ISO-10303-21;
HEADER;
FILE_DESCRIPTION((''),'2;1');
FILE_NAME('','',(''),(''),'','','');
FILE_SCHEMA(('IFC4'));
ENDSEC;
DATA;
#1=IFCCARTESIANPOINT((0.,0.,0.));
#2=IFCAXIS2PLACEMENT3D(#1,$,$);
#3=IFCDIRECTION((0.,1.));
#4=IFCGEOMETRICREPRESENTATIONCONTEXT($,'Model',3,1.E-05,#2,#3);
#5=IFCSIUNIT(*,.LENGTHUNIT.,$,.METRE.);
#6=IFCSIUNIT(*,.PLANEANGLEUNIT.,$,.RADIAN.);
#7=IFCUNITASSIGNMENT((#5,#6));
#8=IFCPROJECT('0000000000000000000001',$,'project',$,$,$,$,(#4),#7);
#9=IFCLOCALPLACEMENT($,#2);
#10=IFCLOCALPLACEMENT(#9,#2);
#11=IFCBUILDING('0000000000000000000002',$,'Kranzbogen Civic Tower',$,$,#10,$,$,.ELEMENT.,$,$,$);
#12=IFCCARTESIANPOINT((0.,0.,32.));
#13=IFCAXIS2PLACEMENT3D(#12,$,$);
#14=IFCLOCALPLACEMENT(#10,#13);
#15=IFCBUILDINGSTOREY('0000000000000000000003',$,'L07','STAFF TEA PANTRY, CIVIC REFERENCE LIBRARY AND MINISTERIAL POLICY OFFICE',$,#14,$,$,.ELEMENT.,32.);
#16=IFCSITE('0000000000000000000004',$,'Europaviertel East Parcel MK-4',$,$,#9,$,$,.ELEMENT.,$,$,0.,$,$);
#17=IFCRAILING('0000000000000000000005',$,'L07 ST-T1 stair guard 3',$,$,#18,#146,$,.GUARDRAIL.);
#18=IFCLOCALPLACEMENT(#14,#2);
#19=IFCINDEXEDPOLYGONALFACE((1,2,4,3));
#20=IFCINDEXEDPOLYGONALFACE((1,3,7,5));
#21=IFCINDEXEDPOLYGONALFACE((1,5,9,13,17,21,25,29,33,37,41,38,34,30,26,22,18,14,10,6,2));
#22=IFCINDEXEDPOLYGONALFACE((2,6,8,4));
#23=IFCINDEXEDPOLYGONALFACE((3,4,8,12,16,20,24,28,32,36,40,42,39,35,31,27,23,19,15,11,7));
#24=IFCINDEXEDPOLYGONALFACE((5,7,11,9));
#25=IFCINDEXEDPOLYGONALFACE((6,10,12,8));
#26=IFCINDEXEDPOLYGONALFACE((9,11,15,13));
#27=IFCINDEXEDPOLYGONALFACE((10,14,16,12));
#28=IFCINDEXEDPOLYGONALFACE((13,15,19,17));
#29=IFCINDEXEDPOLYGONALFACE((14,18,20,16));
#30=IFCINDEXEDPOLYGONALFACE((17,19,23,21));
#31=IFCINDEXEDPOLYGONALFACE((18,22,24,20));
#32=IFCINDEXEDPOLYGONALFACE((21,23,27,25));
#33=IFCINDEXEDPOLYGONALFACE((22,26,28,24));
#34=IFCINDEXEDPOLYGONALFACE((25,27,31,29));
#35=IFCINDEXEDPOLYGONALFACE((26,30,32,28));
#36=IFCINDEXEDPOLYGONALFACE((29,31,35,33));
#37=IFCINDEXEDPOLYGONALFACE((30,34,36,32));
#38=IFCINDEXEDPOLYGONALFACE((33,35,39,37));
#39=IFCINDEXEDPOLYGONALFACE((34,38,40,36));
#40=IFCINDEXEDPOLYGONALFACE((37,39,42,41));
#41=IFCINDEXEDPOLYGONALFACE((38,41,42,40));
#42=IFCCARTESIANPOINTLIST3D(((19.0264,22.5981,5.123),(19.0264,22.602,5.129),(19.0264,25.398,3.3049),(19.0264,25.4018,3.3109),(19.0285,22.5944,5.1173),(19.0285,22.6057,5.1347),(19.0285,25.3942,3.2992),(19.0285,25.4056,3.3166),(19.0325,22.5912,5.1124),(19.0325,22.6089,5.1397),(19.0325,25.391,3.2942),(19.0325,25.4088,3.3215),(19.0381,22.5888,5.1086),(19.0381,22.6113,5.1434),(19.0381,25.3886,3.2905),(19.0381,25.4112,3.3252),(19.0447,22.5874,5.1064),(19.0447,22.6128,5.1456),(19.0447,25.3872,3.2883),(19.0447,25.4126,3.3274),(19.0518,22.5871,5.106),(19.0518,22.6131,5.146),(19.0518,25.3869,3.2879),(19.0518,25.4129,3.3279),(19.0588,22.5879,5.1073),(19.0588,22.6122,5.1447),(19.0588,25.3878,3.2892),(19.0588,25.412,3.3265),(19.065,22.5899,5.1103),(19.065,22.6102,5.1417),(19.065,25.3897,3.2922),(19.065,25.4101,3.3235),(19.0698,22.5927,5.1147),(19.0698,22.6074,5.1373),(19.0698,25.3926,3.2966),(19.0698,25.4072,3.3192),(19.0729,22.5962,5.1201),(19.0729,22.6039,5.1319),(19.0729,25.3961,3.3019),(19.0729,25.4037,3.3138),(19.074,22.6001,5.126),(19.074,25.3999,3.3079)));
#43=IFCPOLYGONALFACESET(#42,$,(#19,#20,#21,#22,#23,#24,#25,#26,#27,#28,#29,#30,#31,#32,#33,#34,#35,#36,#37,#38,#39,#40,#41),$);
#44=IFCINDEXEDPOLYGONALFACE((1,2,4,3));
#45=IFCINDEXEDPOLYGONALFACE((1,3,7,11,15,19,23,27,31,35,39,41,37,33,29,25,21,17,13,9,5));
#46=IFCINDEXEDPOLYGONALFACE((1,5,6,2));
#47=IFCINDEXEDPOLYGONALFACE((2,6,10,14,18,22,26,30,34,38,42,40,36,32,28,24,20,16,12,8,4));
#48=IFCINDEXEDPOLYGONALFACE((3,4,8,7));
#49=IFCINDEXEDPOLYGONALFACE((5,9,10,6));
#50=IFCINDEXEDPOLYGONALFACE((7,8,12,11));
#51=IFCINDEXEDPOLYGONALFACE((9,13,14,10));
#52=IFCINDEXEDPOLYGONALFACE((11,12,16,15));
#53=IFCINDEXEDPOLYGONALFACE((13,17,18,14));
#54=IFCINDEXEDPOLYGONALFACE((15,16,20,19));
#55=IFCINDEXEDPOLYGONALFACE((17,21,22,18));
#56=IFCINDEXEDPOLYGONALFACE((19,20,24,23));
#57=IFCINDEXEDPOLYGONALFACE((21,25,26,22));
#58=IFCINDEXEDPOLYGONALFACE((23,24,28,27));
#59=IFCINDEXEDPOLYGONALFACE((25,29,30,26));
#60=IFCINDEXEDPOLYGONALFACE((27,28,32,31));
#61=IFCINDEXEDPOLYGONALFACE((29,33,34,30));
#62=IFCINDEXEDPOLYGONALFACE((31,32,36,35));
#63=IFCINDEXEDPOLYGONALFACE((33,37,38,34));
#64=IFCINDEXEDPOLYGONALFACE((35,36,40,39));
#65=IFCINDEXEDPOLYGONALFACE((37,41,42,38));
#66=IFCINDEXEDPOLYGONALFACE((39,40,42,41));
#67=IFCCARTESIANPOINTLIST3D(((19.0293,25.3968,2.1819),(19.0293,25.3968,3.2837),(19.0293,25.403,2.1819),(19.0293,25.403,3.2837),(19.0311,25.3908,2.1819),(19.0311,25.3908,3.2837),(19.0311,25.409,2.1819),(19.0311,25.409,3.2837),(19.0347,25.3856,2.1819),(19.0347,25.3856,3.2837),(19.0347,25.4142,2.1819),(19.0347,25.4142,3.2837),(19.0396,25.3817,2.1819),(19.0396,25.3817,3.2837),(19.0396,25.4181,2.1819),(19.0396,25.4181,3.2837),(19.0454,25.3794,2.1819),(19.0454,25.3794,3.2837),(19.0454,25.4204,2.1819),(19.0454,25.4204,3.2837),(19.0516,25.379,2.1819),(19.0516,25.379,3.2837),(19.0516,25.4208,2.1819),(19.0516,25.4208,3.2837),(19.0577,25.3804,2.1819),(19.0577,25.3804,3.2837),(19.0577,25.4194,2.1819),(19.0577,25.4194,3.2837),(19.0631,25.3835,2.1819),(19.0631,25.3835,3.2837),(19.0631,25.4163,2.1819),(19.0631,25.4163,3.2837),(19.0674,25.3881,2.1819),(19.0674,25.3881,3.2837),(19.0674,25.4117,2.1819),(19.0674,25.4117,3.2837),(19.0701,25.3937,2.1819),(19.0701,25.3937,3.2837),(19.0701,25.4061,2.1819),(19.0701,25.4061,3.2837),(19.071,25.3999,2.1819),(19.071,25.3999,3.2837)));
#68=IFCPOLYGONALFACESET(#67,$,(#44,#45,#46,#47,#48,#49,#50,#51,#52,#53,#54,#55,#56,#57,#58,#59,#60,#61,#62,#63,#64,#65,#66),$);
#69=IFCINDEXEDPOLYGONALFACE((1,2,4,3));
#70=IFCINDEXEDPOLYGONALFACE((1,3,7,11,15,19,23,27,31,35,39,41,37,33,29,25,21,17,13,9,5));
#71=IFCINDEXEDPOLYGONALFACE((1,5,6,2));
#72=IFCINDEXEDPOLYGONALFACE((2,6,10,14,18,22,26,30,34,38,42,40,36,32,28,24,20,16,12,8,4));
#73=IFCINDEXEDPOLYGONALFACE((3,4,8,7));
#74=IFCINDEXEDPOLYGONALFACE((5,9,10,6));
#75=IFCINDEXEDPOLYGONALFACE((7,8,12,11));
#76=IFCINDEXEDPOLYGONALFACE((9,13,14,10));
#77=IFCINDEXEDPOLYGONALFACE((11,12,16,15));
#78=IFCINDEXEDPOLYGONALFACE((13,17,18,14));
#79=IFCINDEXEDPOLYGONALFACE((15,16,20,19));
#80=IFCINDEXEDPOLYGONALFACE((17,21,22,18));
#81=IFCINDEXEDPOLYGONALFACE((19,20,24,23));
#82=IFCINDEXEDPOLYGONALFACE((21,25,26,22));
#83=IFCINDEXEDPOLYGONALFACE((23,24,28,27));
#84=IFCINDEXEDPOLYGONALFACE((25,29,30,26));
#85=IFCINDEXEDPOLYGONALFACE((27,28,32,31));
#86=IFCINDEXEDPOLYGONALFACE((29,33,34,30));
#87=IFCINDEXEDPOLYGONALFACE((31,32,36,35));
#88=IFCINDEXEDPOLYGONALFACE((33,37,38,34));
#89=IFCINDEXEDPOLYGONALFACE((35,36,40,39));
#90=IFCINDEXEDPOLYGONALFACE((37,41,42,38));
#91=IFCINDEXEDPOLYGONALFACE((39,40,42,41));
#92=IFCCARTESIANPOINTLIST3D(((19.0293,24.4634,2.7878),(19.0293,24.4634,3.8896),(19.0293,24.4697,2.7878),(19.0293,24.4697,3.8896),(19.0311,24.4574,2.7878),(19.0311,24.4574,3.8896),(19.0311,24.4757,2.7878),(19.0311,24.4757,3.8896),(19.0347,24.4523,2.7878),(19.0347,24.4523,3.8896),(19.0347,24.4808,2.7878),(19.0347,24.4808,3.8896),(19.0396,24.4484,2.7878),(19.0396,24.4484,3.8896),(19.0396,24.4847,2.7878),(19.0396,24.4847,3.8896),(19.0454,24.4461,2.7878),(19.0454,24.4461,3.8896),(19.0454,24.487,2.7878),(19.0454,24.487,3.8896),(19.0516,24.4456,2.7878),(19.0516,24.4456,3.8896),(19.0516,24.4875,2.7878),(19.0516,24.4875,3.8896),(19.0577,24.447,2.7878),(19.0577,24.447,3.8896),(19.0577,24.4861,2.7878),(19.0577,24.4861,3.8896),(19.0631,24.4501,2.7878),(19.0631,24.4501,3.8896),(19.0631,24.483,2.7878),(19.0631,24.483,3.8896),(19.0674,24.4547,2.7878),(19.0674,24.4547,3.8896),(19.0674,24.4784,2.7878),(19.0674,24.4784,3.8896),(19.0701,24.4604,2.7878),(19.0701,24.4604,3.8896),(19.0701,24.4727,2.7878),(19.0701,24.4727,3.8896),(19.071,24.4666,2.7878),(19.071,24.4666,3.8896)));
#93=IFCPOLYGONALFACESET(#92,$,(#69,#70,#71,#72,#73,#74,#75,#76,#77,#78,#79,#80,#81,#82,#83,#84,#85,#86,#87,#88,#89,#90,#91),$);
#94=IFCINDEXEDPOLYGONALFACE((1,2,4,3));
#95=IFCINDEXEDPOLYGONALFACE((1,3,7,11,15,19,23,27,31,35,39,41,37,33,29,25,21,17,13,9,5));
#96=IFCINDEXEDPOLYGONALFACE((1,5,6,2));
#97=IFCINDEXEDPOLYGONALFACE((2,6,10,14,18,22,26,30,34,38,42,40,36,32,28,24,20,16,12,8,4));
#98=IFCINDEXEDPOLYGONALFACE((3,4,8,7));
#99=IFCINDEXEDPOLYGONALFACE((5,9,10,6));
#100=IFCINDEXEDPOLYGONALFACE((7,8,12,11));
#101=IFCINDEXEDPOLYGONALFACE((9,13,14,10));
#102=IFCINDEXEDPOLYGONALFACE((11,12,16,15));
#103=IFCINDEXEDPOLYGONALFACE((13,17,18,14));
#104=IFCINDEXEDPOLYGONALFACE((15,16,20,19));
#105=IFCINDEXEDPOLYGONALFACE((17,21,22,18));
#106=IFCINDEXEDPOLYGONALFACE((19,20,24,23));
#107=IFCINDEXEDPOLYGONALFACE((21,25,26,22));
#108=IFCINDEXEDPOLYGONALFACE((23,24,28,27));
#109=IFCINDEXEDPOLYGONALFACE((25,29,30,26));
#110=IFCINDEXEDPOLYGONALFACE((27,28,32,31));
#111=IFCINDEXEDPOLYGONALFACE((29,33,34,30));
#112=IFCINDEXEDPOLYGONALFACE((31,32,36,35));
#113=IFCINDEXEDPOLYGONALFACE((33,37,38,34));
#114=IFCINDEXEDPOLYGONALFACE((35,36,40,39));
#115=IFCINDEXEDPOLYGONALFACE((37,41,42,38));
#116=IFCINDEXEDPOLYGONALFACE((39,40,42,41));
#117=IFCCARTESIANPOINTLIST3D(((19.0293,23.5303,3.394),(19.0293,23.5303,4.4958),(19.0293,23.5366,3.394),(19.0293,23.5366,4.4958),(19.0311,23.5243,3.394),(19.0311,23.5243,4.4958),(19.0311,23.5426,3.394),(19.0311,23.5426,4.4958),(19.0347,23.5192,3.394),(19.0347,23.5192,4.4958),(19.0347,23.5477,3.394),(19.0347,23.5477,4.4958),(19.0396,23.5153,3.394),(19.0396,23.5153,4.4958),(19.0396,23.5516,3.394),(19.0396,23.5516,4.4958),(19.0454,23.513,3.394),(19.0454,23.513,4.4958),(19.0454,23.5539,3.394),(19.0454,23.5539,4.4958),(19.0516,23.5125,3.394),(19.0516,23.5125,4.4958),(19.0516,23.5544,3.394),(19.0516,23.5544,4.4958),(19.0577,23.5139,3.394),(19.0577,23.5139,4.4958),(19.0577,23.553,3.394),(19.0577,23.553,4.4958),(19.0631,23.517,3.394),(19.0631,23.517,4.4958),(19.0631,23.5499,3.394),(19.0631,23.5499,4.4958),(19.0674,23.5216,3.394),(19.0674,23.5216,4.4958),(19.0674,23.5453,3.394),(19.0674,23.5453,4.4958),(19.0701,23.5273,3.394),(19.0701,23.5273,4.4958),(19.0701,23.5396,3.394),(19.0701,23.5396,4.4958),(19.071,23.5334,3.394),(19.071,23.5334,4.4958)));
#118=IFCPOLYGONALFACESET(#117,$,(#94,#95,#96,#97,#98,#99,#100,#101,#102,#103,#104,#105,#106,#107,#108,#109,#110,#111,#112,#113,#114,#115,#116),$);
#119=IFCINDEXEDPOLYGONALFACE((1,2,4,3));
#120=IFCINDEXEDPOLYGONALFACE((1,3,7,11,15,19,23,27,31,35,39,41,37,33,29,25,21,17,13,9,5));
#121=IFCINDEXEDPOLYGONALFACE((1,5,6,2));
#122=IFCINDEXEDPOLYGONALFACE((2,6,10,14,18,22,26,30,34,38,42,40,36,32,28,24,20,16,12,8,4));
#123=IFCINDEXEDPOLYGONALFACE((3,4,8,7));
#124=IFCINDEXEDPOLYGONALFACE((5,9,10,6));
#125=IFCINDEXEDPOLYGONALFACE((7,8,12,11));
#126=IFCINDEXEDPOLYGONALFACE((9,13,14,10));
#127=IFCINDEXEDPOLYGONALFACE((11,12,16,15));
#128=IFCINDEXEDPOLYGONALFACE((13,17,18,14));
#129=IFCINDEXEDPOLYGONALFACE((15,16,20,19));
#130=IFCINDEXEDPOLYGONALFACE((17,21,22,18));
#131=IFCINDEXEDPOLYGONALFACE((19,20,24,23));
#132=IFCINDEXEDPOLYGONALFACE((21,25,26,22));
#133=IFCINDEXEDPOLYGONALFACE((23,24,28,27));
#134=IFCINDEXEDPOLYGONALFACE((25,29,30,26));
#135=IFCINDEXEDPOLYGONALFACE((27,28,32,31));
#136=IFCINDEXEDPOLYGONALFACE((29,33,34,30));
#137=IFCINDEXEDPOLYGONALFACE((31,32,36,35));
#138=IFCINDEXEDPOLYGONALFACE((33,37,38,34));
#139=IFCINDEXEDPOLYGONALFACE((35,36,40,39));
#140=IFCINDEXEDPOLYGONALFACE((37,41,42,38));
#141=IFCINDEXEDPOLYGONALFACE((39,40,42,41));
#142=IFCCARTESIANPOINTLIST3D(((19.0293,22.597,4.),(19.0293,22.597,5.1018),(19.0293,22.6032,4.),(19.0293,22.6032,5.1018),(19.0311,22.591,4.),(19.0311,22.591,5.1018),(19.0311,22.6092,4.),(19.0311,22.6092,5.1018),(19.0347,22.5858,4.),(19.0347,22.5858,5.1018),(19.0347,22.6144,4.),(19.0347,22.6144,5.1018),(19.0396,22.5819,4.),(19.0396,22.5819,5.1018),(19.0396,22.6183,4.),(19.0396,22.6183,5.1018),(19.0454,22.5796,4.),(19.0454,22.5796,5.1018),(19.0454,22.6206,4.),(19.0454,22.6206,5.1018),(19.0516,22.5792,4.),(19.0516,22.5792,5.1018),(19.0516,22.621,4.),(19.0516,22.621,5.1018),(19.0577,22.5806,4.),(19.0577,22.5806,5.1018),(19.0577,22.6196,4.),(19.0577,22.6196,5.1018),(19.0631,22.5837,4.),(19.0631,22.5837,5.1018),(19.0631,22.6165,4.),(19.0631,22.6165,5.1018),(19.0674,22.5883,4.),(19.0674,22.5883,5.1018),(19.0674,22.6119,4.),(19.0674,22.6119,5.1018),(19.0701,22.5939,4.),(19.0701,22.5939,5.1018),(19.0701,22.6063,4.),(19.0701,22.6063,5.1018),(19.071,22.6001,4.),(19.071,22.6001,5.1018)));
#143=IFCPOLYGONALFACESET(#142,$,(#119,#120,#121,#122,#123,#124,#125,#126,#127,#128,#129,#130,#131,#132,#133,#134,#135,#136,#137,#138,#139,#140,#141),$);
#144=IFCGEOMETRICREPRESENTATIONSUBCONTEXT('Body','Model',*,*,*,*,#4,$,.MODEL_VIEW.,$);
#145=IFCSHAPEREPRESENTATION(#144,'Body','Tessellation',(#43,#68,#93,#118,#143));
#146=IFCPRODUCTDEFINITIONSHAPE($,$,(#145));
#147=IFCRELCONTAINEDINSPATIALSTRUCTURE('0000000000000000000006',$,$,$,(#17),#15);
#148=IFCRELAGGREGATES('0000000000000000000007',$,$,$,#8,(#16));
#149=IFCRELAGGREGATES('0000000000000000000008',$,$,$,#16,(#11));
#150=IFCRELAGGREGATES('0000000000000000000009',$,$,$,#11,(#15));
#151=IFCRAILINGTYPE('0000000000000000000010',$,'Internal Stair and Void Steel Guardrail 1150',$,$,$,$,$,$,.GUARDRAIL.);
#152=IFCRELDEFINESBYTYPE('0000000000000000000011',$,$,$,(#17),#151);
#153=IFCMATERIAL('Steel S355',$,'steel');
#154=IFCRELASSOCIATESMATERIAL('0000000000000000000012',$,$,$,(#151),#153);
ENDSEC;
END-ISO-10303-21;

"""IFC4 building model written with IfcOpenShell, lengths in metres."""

from ifc_helpers import new_model, si_unit, direction, frame, origin, origin_2d, place, context, subcontext, project, spatial, circle, extrude, material, type_object, element, save


model = new_model("IFC4")

# Units and contexts
model_context = context("Model", 3, precision=1e-05, world=origin(), true_north=direction((0.0, 1.0)))
body_context = subcontext(model_context, "Body", "Model", "MODEL_VIEW")
ifc_project = project(units=[si_unit("LENGTHUNIT", "METRE"), si_unit("PLANEANGLEUNIT", "RADIAN")], contexts=[model_context])

# Site, building, storey
site_placement = place(None, origin())
site = spatial("IfcSite", under=ifc_project, at=site_placement, Name="Europaviertel East Parcel MK-4", CompositionType="ELEMENT", RefElevation=0.0)
building_placement = place(site_placement, origin())
building = spatial("IfcBuilding", under=site, at=building_placement, Name="Kranzbogen Civic Tower", CompositionType="ELEMENT")
storey_placement = place(building_placement, frame((0.0, 0.0, 32.0)))
storey = spatial("IfcBuildingStorey", under=building, at=storey_placement, Name="L07", Description="STAFF TEA PANTRY, CIVIC REFERENCE LIBRARY AND MINISTERIAL POLICY OFFICE", CompositionType="ELEMENT", Elevation=32.0)

# Shared definitions
ifc_material_1 = material(Name="Steel S355", Category="steel")

# Railing
railing_type_1 = type_object("IfcRailingType", Name="Internal Stair and Void Steel Guardrail 1150", PredefinedType="GUARDRAIL", material=ifc_material_1)
railing_1_placement = place(storey_placement, frame((19.05, 25.3999, 2.1819)))
element("IfcRailing", 1, at=railing_1_placement, inside=storey, type_object=railing_type_1, Name="L07 ST-T1 stair guard 3", PredefinedType="GUARDRAIL", context=body_context, shape_type="SweptSolid", body=[
    extrude(circle(Radius=0.0239, at=origin_2d()), frame((0.0, 0.0, 1.126), z_axis=(0.0, -0.838684, 0.544618), x_axis=(1.0, 0.0, 0.0)), (0.0, 0.0, 1.0), 3.3384),
    extrude(circle(Radius=0.021, at=origin_2d()), origin(), (0.0, 0.0, 1.0), 1.1018),
    extrude(circle(Radius=0.021, at=origin_2d()), frame((0.0, -0.9333, 0.606)), (0.0, 0.0, 1.0), 1.1018),
    extrude(circle(Radius=0.021, at=origin_2d()), frame((0.0, -1.8665, 1.2122)), (0.0, 0.0, 1.0), 1.1018),
    extrude(circle(Radius=0.021, at=origin_2d()), frame((0.0, -2.7998, 1.8181)), (0.0, 0.0, 1.0), 1.1018),
])

save(model, "model.ifc")
